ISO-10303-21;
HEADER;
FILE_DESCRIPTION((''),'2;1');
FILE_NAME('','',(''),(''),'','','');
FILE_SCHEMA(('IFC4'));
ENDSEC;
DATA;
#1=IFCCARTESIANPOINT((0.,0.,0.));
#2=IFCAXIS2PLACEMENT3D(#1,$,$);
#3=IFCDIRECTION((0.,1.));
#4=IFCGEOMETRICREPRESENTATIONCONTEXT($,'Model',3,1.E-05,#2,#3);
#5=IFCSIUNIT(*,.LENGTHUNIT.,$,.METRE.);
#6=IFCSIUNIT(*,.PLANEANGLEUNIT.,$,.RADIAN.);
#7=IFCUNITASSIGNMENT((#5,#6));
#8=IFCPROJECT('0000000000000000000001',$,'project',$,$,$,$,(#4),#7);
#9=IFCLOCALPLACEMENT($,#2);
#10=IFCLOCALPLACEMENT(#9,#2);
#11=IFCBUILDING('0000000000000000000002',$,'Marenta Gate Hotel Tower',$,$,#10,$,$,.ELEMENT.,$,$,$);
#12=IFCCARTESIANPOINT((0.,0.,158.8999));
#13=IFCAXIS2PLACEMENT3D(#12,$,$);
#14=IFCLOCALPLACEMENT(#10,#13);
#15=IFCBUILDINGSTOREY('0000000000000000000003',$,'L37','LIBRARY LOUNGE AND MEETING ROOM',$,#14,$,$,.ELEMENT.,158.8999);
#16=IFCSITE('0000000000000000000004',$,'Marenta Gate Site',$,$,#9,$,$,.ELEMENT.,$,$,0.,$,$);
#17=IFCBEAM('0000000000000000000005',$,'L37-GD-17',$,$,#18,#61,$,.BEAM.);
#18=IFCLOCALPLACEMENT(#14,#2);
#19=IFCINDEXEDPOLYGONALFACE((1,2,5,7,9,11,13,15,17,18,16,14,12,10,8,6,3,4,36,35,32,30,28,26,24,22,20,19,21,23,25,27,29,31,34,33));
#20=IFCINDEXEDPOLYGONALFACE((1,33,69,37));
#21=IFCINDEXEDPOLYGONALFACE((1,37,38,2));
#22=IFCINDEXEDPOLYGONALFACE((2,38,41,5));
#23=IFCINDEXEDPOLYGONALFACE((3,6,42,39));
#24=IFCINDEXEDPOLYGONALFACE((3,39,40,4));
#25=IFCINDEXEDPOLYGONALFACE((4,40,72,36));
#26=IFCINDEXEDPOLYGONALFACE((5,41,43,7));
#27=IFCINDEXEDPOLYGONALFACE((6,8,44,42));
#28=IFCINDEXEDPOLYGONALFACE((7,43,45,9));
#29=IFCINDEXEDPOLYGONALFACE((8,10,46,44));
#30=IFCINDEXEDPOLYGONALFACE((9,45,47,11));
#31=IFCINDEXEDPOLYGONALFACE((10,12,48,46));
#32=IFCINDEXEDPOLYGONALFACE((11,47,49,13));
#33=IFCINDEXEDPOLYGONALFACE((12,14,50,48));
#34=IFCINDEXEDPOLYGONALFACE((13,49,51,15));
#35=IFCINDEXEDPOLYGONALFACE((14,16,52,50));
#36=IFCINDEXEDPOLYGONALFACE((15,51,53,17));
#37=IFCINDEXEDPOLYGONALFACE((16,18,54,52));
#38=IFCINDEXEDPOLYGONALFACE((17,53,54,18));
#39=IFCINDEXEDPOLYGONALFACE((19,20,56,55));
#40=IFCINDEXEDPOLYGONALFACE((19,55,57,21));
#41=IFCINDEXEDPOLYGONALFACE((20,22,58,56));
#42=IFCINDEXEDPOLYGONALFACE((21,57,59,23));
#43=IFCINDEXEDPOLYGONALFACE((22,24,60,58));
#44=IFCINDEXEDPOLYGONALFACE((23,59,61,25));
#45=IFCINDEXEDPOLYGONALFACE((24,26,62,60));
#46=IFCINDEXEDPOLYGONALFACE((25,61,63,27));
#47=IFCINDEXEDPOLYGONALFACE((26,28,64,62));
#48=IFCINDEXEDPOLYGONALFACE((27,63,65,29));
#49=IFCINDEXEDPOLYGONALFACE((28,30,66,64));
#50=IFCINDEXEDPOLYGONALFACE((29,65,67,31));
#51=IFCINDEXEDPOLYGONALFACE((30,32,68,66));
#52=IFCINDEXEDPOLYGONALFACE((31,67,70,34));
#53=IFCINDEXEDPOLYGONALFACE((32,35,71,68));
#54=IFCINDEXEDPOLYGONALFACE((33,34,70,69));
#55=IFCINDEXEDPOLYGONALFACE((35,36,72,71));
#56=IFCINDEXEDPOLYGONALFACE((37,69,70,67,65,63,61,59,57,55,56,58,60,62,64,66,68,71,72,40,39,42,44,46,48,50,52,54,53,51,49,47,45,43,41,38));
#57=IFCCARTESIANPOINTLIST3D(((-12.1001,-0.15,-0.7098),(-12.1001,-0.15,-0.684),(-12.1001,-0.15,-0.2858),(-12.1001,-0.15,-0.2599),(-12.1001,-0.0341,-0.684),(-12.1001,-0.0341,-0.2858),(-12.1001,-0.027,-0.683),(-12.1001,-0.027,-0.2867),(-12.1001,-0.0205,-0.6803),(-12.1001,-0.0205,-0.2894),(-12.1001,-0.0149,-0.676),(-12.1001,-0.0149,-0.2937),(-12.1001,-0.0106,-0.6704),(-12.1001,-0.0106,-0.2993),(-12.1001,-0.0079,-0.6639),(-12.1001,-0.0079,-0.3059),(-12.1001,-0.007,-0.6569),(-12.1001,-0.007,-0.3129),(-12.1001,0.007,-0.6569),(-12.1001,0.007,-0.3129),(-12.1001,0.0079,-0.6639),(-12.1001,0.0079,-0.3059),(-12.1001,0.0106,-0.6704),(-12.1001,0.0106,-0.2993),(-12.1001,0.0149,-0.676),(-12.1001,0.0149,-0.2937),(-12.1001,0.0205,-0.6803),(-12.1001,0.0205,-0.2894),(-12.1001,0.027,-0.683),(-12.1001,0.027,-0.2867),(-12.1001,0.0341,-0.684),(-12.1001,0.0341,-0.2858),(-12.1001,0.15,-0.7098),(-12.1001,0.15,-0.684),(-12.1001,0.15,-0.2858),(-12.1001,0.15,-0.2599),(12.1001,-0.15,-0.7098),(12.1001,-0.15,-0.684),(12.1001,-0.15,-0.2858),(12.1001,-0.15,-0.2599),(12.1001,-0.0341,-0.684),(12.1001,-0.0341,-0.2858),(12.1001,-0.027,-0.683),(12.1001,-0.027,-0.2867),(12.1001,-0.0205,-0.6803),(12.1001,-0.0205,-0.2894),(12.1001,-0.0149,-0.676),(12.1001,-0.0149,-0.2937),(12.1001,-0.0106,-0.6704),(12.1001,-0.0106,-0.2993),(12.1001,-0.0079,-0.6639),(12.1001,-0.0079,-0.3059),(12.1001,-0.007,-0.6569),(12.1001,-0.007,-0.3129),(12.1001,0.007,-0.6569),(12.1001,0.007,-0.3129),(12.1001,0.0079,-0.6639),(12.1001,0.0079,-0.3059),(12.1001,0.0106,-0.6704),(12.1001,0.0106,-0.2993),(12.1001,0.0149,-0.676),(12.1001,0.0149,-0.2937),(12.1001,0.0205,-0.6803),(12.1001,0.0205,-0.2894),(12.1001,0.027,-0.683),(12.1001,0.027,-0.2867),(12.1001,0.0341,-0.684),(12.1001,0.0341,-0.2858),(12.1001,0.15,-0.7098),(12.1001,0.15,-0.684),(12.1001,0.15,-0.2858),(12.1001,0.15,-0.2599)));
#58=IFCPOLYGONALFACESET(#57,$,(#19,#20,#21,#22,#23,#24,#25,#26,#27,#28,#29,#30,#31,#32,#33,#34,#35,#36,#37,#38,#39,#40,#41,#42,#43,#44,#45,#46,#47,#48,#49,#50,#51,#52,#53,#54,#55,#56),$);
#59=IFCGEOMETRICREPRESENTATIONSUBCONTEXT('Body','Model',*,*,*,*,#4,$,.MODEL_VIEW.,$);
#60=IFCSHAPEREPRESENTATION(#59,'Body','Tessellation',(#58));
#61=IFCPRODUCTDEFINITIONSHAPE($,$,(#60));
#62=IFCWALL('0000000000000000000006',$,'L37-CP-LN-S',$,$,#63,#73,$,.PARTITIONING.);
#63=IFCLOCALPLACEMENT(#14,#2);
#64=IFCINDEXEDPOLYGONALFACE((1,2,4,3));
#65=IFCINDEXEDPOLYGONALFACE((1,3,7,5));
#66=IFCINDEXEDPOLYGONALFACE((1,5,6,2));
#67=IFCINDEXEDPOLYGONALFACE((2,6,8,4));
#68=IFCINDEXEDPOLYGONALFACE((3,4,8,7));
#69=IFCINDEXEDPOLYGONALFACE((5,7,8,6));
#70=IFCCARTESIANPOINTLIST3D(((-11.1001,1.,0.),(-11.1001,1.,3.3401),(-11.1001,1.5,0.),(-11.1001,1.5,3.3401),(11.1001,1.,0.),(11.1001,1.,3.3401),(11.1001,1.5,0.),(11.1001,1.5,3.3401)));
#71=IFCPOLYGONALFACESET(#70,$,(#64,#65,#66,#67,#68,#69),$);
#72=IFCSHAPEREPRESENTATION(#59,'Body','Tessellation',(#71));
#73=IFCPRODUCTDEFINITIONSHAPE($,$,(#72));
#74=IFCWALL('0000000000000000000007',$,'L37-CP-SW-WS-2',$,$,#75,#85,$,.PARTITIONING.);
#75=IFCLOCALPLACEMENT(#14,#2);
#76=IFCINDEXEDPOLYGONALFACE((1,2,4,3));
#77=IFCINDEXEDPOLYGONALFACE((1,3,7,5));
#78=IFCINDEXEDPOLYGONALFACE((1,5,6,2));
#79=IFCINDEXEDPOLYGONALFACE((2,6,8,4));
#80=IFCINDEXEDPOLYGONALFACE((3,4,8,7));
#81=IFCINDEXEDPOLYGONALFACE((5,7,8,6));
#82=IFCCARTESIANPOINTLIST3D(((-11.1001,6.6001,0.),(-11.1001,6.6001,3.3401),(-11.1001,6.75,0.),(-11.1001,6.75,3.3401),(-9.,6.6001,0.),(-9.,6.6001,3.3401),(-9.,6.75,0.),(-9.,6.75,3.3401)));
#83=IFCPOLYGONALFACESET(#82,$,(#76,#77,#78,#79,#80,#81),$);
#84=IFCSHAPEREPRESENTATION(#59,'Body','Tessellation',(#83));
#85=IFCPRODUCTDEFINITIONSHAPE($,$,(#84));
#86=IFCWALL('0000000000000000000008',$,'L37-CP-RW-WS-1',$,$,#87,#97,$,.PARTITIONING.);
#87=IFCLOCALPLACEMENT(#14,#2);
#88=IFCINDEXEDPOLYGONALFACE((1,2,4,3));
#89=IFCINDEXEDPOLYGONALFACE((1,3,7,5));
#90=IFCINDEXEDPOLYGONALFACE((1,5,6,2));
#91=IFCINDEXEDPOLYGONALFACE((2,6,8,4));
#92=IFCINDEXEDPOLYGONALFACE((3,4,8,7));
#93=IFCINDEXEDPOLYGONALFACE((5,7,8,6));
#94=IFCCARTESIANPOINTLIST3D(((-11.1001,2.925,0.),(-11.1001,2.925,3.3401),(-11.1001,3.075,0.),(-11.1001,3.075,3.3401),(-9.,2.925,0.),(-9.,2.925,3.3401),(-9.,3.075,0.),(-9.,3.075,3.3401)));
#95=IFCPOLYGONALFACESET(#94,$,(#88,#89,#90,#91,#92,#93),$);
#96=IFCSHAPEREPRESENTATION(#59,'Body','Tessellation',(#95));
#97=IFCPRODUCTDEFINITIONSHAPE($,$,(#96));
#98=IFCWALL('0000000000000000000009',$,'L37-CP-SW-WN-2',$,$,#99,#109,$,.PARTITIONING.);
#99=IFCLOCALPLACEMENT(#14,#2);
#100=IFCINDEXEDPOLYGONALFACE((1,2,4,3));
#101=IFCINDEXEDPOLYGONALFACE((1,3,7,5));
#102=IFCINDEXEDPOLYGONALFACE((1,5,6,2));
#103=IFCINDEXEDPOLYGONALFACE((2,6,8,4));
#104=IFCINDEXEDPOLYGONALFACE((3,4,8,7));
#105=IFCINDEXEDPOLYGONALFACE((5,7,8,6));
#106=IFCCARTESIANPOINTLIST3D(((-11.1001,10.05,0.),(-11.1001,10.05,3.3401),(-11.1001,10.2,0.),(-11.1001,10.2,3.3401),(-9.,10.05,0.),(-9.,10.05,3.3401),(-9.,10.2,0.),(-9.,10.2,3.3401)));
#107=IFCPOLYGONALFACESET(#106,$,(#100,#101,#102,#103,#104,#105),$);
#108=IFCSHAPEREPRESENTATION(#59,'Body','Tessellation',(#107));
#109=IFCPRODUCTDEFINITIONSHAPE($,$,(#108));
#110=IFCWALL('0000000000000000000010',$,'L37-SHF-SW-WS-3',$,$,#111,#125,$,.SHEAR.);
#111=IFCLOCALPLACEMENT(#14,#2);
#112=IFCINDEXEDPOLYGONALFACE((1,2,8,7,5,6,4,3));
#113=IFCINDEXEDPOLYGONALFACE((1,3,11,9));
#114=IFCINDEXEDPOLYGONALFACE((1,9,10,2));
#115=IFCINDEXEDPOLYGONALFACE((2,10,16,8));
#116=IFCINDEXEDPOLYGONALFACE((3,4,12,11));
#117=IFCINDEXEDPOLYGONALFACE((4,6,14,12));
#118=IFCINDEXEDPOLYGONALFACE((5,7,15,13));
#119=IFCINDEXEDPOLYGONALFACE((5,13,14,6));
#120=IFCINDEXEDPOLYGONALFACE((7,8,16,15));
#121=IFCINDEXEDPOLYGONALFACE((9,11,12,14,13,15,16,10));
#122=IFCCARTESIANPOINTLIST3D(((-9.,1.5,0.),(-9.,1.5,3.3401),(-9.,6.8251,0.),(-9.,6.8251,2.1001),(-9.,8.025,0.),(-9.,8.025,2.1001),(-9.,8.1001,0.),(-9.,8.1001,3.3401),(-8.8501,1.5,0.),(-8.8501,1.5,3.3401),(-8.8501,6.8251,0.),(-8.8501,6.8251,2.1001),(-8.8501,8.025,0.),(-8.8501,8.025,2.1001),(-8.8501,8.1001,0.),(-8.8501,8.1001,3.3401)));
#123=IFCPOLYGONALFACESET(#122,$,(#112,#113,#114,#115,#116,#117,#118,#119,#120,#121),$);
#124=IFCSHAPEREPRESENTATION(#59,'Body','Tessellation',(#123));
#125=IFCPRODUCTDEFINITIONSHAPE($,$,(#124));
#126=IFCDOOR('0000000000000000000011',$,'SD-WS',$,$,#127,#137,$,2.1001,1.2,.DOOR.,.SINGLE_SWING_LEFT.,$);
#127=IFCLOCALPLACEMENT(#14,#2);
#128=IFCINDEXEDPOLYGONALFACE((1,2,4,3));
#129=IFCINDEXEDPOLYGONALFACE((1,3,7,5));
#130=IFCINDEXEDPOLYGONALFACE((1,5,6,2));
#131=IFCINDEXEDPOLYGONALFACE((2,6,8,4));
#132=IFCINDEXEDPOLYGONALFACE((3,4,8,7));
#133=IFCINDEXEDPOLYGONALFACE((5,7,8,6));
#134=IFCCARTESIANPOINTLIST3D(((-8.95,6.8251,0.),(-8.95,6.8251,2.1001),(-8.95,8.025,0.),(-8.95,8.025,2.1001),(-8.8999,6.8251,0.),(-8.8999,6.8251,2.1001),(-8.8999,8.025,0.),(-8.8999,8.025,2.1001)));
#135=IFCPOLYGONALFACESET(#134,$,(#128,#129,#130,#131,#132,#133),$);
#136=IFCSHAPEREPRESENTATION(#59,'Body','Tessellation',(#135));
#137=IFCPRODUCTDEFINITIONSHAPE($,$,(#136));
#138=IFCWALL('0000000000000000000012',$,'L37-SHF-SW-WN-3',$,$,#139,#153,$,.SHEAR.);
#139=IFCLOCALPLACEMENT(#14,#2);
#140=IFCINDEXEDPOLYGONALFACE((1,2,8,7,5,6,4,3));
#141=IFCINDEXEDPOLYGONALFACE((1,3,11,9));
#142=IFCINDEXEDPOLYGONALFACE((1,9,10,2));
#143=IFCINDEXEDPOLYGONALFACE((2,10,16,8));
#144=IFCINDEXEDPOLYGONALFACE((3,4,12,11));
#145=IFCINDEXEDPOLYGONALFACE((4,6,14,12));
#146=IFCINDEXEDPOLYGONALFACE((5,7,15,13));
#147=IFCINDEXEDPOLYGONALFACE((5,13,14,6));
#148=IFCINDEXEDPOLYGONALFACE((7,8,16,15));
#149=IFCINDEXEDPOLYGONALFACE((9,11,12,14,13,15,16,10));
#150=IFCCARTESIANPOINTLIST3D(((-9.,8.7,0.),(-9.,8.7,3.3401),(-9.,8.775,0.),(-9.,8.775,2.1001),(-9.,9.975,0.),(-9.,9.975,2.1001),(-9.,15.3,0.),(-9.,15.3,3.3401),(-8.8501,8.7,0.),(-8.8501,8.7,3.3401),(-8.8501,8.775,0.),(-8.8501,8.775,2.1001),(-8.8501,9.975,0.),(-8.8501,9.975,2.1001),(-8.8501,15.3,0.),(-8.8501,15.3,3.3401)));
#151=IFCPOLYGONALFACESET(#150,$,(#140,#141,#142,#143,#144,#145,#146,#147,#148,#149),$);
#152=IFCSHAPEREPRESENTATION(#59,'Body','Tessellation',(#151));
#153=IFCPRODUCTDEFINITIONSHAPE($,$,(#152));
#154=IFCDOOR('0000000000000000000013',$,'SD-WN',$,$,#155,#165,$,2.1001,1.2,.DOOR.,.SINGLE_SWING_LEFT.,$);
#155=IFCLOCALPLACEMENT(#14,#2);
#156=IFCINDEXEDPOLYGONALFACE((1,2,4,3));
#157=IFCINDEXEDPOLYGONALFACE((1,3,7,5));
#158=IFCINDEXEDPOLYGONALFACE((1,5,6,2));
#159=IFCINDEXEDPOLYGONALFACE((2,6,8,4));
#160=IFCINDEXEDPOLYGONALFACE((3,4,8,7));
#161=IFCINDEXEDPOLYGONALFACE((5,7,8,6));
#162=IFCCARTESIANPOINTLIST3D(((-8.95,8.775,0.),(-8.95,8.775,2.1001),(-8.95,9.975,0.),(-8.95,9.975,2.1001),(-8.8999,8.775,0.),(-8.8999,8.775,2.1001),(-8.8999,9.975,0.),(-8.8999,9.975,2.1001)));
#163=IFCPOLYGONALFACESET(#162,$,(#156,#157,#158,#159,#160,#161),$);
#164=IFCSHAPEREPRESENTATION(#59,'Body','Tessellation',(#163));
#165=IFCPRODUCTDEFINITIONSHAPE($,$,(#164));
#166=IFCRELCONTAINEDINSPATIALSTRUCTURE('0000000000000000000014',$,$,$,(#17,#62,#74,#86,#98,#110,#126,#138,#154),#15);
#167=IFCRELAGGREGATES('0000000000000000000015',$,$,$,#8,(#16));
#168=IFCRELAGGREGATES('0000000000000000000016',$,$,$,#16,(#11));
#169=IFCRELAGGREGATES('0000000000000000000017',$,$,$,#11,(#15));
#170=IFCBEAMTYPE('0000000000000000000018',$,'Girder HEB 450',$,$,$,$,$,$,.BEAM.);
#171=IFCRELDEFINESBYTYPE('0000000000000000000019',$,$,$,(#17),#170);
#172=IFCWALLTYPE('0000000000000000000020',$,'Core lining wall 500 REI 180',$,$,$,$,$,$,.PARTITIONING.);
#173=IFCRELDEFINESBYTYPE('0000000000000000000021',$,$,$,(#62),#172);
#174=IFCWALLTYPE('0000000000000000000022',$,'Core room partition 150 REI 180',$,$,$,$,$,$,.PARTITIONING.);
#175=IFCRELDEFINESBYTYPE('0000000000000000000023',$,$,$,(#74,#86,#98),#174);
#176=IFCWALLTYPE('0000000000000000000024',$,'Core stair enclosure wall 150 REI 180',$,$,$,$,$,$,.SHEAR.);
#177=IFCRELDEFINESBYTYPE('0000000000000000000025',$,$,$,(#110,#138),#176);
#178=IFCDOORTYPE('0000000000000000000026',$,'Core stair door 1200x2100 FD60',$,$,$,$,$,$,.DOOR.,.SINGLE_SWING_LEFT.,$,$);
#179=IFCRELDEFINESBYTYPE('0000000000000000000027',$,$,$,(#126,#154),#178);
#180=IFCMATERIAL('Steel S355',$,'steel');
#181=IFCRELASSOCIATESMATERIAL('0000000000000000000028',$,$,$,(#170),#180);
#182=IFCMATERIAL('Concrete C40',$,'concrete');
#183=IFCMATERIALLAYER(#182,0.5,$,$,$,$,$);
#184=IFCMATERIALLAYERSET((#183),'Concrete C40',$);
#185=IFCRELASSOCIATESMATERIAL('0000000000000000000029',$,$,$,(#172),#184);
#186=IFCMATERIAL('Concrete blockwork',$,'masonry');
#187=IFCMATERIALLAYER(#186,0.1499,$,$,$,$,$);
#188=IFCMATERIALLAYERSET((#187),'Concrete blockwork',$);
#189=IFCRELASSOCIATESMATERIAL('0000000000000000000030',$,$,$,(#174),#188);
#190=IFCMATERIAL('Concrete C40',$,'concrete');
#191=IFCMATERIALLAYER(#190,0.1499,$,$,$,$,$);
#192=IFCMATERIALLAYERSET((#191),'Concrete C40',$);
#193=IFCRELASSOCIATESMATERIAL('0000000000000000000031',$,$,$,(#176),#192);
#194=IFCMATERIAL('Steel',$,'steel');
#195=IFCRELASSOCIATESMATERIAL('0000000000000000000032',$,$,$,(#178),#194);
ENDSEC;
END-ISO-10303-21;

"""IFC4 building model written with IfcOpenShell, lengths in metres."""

from ifc_helpers import new_model, si_unit, direction, frame, frame_2d, origin, origin_2d, place, context, subcontext, project, spatial, rectangle, i_section, extrude, material, layer, layer_set, material_profile, profile_set, type_object, element, fill, save


model = new_model("IFC4")

# Units and contexts
model_context = context("Model", 3, precision=1e-05, world=origin(), true_north=direction((0.0, 1.0)))
body_context = subcontext(model_context, "Body", "Model", "MODEL_VIEW")
ifc_project = project(units=[si_unit("LENGTHUNIT", "METRE"), si_unit("PLANEANGLEUNIT", "RADIAN")], contexts=[model_context])

# Site, building, storey
site_placement = place(None, origin())
site = spatial("IfcSite", under=ifc_project, at=site_placement, Name="Marenta Gate Site", CompositionType="ELEMENT", RefElevation=0.0)
building_placement = place(site_placement, origin())
building = spatial("IfcBuilding", under=site, at=building_placement, Name="Marenta Gate Hotel Tower", CompositionType="ELEMENT")
storey_placement = place(building_placement, frame((0.0, 0.0, 158.8999)))
storey = spatial("IfcBuildingStorey", under=building, at=storey_placement, Name="L37", Description="LIBRARY LOUNGE AND MEETING ROOM", CompositionType="ELEMENT", Elevation=158.8999)

# Beam
ifc_material_1 = material(Name="Steel S355", Category="steel")
ifc_material_profile = material_profile(ifc_material_1, i_section(OverallWidth=0.3, OverallDepth=0.45, WebThickness=0.0139, FlangeThickness=0.0259, FilletRadius=0.0271, at=origin_2d()), Name="HEB 450")
ifc_profile_set = profile_set([ifc_material_profile], Name="Steel S355")
beam_type = type_object("IfcBeamType", Name="Girder HEB 450", PredefinedType="BEAM", material=ifc_profile_set)
beam_placement = place(storey_placement, frame((-12.1001, 0.0, -0.4849), z_axis=(1.0, 0.0, 0.0), x_axis=(0.0, 1.0, 0.0)))
element("IfcBeam", 1, at=beam_placement, inside=storey, type_object=beam_type, Name="L37-GD-17", PredefinedType="BEAM", context=body_context, shape_type="SweptSolid", body=[
    extrude(i_section(OverallWidth=0.3, OverallDepth=0.45, WebThickness=0.0139, FlangeThickness=0.0259, FilletRadius=0.0271, at=origin_2d()), origin(), (0.0, 0.0, 1.0), 24.2002),
])

# Walls
ifc_material_2 = material(Name="Concrete C40", Category="concrete")
ifc_layer_1 = layer(ifc_material_2, 0.5)
ifc_layer_set_1 = layer_set([ifc_layer_1], Name="Concrete C40")
wall_type_1 = type_object("IfcWallType", Name="Core lining wall 500 REI 180", PredefinedType="PARTITIONING", material=ifc_layer_set_1)
wall_1_placement = place(storey_placement, frame((-11.1001, 1.25, 0.0), z_axis=(0.0, 0.0, 1.0), x_axis=(1.0, 0.0, 0.0)))
element("IfcWall", 2, at=wall_1_placement, inside=storey, type_object=wall_type_1, Name="L37-CP-LN-S", PredefinedType="PARTITIONING", context=body_context, shape_type="SweptSolid", body=[
    extrude(rectangle(XDim=22.2002, YDim=0.5, at=frame_2d((11.1001, 0.0))), origin(), (0.0, 0.0, 1.0), 3.3401),
])
ifc_material_3 = material(Name="Concrete blockwork", Category="masonry")
ifc_layer_2 = layer(ifc_material_3, 0.1499)
ifc_layer_set_2 = layer_set([ifc_layer_2], Name="Concrete blockwork")
wall_type_2 = type_object("IfcWallType", Name="Core room partition 150 REI 180", PredefinedType="PARTITIONING", material=ifc_layer_set_2)
for number, where, z_axis, x_axis, name in (
    (3, (-11.1001, 6.675, 0.0), (0.0, 0.0, 1.0), (1.0, 0.0, 0.0), "L37-CP-SW-WS-2"),
    (4, (-11.1001, 3.0, 0.0), (0.0, 0.0, 1.0), (1.0, 0.0, 0.0), "L37-CP-RW-WS-1"),
    (5, (-11.1001, 10.125, 0.0), (0.0, 0.0, 1.0), (1.0, 0.0, 0.0), "L37-CP-SW-WN-2"),
):
    element("IfcWall", number, at=place(storey_placement, frame(where, z_axis=z_axis, x_axis=x_axis)), inside=storey, type_object=wall_type_2, Name=name, PredefinedType="PARTITIONING", context=body_context, shape_type="SweptSolid", body=[
        extrude(rectangle(XDim=2.1001, YDim=0.1499, at=frame_2d((1.05, 0.0))), origin(), (0.0, 0.0, 1.0), 3.3401),
    ])

# Walls, openings, doors
ifc_material_4 = material(Name="Concrete C40", Category="concrete")
ifc_layer_3 = layer(ifc_material_4, 0.1499)
ifc_layer_set_3 = layer_set([ifc_layer_3], Name="Concrete C40")
wall_type_3 = type_object("IfcWallType", Name="Core stair enclosure wall 150 REI 180", PredefinedType="SHEAR", material=ifc_layer_set_3)
wall_2_placement = place(storey_placement, frame((-8.925, 1.5, 0.0), z_axis=(0.0, 0.0, 1.0), x_axis=(0.0, 1.0, 0.0)))
wall_2 = element("IfcWall", 6, at=wall_2_placement, inside=storey, type_object=wall_type_3, Name="L37-SHF-SW-WS-3", PredefinedType="SHEAR", context=body_context, shape_type="SweptSolid", body=[
    extrude(rectangle(XDim=6.6001, YDim=0.1499, at=frame_2d((3.3, 0.0))), origin(), (0.0, 0.0, 1.0), 3.3401),
])
opening_1_placement = place(wall_2_placement, frame((5.325, 0.0, 0.0)))
opening_1 = element("IfcOpeningElement", 7, at=opening_1_placement, cuts=wall_2, PredefinedType="OPENING", context=body_context, shape_type="SweptSolid", body=[
    extrude(rectangle(XDim=1.2, YDim=2.1001, at=frame_2d((0.6001, 1.05))), frame((0.0, 0.075, 0.0), z_axis=(0.0, -1.0, 0.0), x_axis=(1.0, 0.0, 0.0)), (0.0, 0.0, 1.0), 0.1499),
])
ifc_material_5 = material(Name="Steel", Category="steel")
door_type_1 = type_object("IfcDoorType", Name="Core stair door 1200x2100 FD60", OperationType="SINGLE_SWING_LEFT", PredefinedType="DOOR", material=ifc_material_5)
door_1_placement = place(opening_1_placement, origin())
door_1 = element("IfcDoor", 8, at=door_1_placement, inside=storey, type_object=door_type_1, Name="SD-WS", OperationType="SINGLE_SWING_LEFT", OverallHeight=2.1001, OverallWidth=1.2, PredefinedType="DOOR", context=body_context, shape_type="SweptSolid", body=[
    extrude(rectangle(XDim=1.2, YDim=2.1001, at=frame_2d((0.6001, 1.05))), frame((0.0, 0.0249, 0.0), z_axis=(0.0, -1.0, 0.0), x_axis=(1.0, 0.0, 0.0)), (0.0, 0.0, 1.0), 0.05),
])
fill(opening_1, door_1)
wall_3_placement = place(storey_placement, frame((-8.925, 8.7, 0.0), z_axis=(0.0, 0.0, 1.0), x_axis=(0.0, 1.0, 0.0)))
wall_3 = element("IfcWall", 9, at=wall_3_placement, inside=storey, type_object=wall_type_3, Name="L37-SHF-SW-WN-3", PredefinedType="SHEAR", context=body_context, shape_type="SweptSolid", body=[
    extrude(rectangle(XDim=6.6001, YDim=0.1499, at=frame_2d((3.3, 0.0))), origin(), (0.0, 0.0, 1.0), 3.3401),
])
opening_2_placement = place(wall_3_placement, frame((0.075, 0.0, 0.0)))
opening_2 = element("IfcOpeningElement", 10, at=opening_2_placement, cuts=wall_3, PredefinedType="OPENING", context=body_context, shape_type="SweptSolid", body=[
    extrude(rectangle(XDim=1.2, YDim=2.1001, at=frame_2d((0.6001, 1.05))), frame((0.0, 0.075, 0.0), z_axis=(0.0, -1.0, 0.0), x_axis=(1.0, 0.0, 0.0)), (0.0, 0.0, 1.0), 0.1499),
])
door_2_placement = place(opening_2_placement, origin())
door_2 = element("IfcDoor", 11, at=door_2_placement, inside=storey, type_object=door_type_1, Name="SD-WN", OperationType="SINGLE_SWING_LEFT", OverallHeight=2.1001, OverallWidth=1.2, PredefinedType="DOOR", context=body_context, shape_type="SweptSolid", body=[
    extrude(rectangle(XDim=1.2, YDim=2.1001, at=frame_2d((0.6001, 1.05))), frame((0.0, 0.0249, 0.0), z_axis=(0.0, -1.0, 0.0), x_axis=(1.0, 0.0, 0.0)), (0.0, 0.0, 1.0), 0.05),
])
fill(opening_2, door_2)

save(model, "model.ifc")
